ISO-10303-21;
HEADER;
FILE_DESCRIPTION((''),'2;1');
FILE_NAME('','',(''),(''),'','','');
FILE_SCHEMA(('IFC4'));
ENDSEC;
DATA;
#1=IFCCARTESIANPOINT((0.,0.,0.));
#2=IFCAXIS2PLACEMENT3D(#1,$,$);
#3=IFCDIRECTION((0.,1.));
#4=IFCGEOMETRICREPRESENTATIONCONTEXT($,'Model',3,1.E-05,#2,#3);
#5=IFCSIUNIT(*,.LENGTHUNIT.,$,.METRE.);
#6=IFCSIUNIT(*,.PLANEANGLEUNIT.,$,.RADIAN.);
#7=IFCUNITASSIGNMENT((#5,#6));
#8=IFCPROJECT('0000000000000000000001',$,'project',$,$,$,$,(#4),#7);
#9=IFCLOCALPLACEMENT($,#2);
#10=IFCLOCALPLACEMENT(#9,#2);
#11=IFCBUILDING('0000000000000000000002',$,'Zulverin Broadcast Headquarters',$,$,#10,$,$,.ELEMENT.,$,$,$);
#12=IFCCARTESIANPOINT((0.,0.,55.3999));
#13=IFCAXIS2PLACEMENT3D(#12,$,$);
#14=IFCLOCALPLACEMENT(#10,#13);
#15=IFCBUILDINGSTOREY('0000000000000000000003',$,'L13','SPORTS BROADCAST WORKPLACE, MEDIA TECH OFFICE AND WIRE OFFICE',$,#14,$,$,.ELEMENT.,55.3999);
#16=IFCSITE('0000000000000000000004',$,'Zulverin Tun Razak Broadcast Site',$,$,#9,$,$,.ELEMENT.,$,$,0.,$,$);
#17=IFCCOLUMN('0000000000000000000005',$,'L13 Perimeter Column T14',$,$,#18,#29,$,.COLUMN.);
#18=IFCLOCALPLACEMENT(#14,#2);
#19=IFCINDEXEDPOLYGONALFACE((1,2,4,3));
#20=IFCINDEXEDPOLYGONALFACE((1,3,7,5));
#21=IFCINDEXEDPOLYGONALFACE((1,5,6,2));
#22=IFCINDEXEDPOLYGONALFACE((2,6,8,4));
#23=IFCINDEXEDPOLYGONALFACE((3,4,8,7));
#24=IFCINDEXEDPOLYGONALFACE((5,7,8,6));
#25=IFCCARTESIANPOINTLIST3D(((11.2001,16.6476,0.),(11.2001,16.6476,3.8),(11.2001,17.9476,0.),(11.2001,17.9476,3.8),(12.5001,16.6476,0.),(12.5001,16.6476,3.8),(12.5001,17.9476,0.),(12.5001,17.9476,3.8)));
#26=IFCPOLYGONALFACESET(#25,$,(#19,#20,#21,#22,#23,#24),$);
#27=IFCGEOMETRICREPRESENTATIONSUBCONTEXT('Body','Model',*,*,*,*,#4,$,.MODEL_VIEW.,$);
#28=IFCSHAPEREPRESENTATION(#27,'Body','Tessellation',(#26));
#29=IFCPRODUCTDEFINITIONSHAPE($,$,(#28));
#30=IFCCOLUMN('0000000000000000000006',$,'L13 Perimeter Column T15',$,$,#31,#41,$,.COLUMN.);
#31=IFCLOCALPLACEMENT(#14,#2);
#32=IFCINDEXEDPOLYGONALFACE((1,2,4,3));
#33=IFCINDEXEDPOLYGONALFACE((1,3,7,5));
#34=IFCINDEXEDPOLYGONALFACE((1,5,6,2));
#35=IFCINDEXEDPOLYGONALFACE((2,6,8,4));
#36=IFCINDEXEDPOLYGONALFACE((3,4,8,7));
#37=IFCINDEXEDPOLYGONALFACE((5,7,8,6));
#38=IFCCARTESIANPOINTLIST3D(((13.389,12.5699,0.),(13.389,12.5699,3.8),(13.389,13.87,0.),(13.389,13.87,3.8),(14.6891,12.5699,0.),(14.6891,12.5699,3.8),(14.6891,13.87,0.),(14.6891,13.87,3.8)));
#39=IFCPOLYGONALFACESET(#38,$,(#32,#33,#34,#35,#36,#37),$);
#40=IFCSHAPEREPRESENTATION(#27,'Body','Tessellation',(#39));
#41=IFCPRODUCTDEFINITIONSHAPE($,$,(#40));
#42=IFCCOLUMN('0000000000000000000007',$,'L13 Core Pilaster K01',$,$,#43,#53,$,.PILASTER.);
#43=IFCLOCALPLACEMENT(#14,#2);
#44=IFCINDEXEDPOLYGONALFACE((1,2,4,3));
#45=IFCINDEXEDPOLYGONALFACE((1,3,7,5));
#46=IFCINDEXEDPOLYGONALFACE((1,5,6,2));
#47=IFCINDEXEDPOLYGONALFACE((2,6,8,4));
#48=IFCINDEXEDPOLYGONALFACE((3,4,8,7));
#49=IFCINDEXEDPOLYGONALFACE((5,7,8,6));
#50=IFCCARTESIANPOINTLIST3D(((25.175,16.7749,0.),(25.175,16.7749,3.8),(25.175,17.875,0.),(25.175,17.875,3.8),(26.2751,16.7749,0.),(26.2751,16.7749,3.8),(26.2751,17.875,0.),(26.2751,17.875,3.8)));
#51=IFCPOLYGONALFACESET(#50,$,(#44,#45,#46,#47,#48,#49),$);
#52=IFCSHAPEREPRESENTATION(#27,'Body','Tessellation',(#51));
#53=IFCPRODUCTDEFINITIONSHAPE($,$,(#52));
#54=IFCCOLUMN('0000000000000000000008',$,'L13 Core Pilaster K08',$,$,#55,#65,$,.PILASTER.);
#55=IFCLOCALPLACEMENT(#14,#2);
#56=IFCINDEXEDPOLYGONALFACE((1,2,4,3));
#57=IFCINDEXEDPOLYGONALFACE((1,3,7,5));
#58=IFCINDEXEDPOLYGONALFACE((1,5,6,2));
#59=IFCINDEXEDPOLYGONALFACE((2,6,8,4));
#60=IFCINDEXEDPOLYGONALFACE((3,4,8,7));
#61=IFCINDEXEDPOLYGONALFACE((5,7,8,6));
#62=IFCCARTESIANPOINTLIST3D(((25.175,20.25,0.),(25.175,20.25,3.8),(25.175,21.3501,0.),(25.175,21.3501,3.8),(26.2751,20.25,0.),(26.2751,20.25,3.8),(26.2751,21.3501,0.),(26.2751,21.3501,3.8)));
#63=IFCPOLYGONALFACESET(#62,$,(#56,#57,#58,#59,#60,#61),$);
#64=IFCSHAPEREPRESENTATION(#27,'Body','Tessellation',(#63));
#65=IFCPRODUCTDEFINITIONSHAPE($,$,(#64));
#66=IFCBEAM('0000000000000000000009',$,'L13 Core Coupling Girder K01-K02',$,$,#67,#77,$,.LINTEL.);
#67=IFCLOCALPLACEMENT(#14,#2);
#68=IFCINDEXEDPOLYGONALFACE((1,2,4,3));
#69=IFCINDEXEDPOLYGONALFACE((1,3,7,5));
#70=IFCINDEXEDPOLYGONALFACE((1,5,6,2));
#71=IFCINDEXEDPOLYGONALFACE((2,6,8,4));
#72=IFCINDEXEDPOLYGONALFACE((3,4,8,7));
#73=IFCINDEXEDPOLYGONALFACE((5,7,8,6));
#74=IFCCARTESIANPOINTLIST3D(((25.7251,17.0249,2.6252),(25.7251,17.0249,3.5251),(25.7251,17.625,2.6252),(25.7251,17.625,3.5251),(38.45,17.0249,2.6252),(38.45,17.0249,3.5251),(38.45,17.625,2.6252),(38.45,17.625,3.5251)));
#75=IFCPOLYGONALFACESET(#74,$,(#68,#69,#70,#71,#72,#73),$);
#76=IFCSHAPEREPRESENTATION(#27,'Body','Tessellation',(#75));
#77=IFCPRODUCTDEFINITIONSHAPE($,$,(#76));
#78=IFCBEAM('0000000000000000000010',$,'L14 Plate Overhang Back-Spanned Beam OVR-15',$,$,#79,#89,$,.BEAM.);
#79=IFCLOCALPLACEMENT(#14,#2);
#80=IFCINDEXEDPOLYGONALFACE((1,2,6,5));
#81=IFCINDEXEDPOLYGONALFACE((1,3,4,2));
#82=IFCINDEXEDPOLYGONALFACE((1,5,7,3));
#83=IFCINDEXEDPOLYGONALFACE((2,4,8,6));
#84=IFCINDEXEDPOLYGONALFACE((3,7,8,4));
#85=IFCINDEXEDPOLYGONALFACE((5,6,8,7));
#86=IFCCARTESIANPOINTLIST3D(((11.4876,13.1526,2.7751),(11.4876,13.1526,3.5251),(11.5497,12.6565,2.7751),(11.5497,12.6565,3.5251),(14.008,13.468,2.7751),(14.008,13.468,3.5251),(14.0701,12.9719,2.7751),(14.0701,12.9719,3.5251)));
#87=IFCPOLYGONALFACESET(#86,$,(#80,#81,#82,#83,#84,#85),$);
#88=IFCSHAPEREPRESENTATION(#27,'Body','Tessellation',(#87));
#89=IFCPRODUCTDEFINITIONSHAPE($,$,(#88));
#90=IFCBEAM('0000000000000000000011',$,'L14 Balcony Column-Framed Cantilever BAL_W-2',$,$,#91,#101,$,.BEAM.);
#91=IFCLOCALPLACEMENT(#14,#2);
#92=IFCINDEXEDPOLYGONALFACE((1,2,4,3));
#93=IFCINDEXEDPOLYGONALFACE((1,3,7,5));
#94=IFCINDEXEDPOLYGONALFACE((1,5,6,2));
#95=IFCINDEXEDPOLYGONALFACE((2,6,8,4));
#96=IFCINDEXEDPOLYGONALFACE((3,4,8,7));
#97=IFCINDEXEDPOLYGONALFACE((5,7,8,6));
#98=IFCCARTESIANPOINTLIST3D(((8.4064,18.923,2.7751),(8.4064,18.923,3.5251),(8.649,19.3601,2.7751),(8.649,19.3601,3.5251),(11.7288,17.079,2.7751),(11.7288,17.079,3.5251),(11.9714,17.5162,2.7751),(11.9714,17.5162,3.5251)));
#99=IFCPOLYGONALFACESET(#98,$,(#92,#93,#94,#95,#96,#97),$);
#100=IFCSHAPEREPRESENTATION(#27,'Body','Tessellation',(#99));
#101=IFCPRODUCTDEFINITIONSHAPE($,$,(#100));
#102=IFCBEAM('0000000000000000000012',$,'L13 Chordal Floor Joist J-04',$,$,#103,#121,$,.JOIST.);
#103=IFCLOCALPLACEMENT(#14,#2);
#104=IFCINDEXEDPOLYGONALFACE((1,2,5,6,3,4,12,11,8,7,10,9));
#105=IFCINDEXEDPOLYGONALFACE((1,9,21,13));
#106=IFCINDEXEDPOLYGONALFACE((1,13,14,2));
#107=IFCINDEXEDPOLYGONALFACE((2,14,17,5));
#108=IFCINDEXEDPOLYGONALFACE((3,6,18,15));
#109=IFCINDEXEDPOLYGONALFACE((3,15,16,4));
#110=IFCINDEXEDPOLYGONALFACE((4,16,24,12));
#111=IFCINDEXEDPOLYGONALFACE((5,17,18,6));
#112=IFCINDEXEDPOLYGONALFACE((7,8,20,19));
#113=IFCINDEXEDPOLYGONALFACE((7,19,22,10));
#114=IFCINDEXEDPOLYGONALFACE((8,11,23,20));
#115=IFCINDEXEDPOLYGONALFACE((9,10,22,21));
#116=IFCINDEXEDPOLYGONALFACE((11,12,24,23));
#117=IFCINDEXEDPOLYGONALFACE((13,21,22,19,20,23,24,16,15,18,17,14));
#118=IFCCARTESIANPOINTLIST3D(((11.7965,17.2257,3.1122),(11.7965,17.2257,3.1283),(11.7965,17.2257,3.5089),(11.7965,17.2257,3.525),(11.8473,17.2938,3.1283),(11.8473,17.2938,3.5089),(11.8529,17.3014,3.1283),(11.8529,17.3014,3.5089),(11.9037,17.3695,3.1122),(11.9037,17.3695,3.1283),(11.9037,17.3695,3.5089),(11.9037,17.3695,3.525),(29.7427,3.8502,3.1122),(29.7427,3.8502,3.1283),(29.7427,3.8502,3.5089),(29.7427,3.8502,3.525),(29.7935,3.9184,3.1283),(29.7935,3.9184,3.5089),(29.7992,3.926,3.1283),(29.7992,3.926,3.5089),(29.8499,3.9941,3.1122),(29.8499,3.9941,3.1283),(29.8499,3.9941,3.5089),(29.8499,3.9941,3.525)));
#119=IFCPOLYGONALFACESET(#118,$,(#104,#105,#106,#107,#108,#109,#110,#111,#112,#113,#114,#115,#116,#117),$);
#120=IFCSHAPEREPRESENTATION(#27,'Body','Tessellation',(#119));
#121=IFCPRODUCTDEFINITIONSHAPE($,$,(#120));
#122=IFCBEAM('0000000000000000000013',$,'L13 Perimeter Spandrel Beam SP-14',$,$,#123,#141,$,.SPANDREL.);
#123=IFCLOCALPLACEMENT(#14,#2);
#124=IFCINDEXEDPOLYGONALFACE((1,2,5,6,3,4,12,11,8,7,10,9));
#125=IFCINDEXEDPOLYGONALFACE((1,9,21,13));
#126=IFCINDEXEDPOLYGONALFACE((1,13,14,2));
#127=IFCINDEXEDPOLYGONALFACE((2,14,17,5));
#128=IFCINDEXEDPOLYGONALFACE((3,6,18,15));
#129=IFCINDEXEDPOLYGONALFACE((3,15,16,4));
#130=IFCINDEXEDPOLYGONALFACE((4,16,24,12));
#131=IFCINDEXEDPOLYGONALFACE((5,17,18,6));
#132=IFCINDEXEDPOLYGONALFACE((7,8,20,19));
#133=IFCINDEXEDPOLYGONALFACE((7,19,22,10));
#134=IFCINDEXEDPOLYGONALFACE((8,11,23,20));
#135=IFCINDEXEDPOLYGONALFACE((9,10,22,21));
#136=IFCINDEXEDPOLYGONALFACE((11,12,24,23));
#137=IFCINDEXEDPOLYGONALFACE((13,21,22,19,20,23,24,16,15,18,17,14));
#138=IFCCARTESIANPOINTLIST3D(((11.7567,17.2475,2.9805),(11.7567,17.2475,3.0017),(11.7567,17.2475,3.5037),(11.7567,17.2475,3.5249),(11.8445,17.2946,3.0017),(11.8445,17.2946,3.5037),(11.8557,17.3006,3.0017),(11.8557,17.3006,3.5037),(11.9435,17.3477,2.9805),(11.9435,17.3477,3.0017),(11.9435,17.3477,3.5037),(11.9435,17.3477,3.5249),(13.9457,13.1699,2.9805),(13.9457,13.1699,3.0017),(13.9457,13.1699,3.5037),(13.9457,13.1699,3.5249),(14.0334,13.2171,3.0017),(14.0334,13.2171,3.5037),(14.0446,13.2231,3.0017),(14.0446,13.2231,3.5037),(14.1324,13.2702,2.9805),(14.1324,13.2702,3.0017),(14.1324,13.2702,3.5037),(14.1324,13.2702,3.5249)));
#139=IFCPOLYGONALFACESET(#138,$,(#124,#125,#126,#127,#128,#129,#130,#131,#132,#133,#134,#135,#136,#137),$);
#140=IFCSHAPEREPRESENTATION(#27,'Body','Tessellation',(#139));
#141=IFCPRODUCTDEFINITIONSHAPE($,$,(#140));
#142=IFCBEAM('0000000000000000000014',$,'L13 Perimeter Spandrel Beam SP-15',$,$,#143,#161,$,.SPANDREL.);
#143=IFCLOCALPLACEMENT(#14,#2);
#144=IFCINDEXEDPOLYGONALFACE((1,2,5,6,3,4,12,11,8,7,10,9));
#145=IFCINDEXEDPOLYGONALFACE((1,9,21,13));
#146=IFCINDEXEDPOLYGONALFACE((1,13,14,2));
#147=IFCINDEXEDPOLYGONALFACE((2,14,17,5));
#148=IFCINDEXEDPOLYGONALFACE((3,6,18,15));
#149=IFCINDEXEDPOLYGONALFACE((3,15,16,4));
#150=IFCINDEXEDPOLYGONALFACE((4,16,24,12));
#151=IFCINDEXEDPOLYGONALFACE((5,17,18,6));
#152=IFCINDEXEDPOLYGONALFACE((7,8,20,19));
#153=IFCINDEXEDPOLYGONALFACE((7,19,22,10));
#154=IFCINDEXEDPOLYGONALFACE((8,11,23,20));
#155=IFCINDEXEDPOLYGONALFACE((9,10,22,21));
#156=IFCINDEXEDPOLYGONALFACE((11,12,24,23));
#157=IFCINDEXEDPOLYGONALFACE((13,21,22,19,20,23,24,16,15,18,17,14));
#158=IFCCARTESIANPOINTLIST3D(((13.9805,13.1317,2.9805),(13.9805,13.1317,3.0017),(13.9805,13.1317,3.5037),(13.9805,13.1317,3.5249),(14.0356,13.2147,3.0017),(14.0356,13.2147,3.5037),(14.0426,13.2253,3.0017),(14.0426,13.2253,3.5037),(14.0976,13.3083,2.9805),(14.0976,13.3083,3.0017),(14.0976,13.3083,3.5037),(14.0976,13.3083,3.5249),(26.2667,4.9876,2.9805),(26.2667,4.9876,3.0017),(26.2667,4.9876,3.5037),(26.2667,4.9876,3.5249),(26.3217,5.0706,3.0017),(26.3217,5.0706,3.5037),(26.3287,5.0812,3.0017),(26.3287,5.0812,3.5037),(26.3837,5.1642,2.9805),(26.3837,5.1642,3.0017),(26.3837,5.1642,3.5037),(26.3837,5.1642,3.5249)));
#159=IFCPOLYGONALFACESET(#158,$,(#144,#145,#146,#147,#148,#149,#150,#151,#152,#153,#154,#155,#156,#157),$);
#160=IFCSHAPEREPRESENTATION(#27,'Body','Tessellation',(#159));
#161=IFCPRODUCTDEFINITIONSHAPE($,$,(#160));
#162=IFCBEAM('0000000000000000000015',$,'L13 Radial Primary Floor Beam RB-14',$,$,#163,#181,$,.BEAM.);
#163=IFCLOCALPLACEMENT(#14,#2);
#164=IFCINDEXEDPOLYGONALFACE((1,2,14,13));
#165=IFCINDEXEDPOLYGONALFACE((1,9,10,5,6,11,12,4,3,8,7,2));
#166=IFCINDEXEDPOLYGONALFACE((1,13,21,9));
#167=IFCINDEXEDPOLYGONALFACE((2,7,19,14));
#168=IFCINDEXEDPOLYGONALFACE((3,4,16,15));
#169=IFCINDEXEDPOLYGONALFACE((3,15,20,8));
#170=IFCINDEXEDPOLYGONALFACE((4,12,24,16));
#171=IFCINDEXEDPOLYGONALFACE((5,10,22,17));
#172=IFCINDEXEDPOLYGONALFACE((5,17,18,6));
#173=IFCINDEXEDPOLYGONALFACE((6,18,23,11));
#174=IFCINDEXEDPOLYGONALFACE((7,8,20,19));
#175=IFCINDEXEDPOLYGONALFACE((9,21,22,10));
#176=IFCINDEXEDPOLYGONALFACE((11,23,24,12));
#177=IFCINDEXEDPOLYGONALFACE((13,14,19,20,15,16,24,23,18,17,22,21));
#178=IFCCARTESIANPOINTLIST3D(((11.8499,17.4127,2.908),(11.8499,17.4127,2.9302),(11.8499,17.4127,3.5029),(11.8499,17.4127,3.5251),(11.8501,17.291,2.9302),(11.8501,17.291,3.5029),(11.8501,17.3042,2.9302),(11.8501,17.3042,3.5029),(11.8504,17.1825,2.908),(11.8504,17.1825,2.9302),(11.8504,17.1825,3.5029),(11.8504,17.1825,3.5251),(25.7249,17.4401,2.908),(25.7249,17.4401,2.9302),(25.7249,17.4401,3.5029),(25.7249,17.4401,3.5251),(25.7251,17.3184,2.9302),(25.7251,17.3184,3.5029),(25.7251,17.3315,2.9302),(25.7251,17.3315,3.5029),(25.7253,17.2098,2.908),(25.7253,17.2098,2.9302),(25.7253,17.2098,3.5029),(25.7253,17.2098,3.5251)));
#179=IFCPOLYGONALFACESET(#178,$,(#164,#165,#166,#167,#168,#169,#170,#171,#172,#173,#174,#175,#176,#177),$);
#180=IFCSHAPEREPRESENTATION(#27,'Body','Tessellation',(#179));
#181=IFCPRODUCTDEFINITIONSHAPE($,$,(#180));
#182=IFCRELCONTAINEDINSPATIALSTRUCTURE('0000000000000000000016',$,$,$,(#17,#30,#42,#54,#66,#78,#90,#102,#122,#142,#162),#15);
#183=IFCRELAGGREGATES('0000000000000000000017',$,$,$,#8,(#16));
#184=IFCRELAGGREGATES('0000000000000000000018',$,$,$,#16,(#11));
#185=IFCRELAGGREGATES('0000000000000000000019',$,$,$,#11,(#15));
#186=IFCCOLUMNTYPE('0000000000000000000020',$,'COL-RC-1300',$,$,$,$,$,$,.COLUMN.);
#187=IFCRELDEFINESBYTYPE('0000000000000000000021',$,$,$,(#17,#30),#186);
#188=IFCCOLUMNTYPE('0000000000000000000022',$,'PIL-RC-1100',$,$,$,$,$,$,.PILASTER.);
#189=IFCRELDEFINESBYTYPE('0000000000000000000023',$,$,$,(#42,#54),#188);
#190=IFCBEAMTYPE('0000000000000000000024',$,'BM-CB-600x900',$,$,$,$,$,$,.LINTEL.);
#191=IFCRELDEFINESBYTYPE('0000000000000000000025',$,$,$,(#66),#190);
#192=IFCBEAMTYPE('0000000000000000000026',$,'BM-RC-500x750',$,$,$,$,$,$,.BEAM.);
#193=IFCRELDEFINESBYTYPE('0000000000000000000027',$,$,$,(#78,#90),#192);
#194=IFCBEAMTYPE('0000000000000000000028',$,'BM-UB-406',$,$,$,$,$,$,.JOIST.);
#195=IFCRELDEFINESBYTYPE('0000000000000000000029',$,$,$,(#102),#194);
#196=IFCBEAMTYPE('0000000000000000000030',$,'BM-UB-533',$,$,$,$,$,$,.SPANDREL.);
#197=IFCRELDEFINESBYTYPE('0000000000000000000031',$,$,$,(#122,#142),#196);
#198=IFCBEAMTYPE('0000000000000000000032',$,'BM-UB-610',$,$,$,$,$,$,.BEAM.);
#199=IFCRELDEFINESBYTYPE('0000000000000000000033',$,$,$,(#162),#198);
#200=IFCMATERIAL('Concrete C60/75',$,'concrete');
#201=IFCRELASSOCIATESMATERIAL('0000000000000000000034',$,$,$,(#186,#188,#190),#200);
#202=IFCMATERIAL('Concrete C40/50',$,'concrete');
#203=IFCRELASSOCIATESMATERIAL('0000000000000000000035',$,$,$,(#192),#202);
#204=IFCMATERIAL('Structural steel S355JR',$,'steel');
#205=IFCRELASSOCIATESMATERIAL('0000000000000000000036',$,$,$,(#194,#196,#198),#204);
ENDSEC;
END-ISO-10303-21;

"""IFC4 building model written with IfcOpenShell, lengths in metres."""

from ifc_helpers import new_model, si_unit, direction, frame, origin, origin_2d, place, context, subcontext, project, spatial, rectangle, i_section, extrude, material, material_profile, profile_set, type_object, element, save


model = new_model("IFC4")

# Units and contexts
model_context = context("Model", 3, precision=1e-05, world=origin(), true_north=direction((0.0, 1.0)))
body_context = subcontext(model_context, "Body", "Model", "MODEL_VIEW")
ifc_project = project(units=[si_unit("LENGTHUNIT", "METRE"), si_unit("PLANEANGLEUNIT", "RADIAN")], contexts=[model_context])

# Site, building, storey
site_placement = place(None, origin())
site = spatial("IfcSite", under=ifc_project, at=site_placement, Name="Zulverin Tun Razak Broadcast Site", CompositionType="ELEMENT", RefElevation=0.0)
building_placement = place(site_placement, origin())
building = spatial("IfcBuilding", under=site, at=building_placement, Name="Zulverin Broadcast Headquarters", CompositionType="ELEMENT")
storey_placement = place(building_placement, frame((0.0, 0.0, 55.3999)))
storey = spatial("IfcBuildingStorey", under=building, at=storey_placement, Name="L13", Description="SPORTS BROADCAST WORKPLACE, MEDIA TECH OFFICE AND WIRE OFFICE", CompositionType="ELEMENT", Elevation=55.3999)

# Columns
ifc_material_1 = material(Name="Concrete C60/75", Category="concrete")
ifc_material_profile_1 = material_profile(ifc_material_1, rectangle(XDim=1.3, YDim=1.3, at=origin_2d()), Name="Concrete C60/75", Category="concrete")
ifc_profile_set_1 = profile_set([ifc_material_profile_1], Name="Concrete C60/75")
column_type_1 = type_object("IfcColumnType", Name="COL-RC-1300", PredefinedType="COLUMN", material=ifc_profile_set_1)
for number, where, z_axis, x_axis, name in (
    (1, (11.8501, 17.2976, 0.0), (0.0, 0.0, 1.0), (1.0, 0.0, 0.0), "L13 Perimeter Column T14"),
    (2, (14.0391, 13.22, 0.0), (0.0, 0.0, 1.0), (1.0, 0.0, 0.0), "L13 Perimeter Column T15"),
):
    element("IfcColumn", number, at=place(storey_placement, frame(where, z_axis=z_axis, x_axis=x_axis)), inside=storey, type_object=column_type_1, Name=name, PredefinedType="COLUMN", context=body_context, shape_type="SweptSolid", body=[
        extrude(rectangle(XDim=1.3, YDim=1.3, at=origin_2d()), origin(), (0.0, 0.0, 1.0), 3.8),
    ])
ifc_material_profile_2 = material_profile(ifc_material_1, rectangle(XDim=1.1001, YDim=1.1001, at=origin_2d()), Name="Concrete C60/75", Category="concrete")
ifc_profile_set_2 = profile_set([ifc_material_profile_2], Name="Concrete C60/75")
column_type_2 = type_object("IfcColumnType", Name="PIL-RC-1100", PredefinedType="PILASTER", material=ifc_profile_set_2)
for number, where, z_axis, x_axis, name in (
    (3, (25.7251, 17.325, 0.0), (0.0, 0.0, 1.0), (1.0, 0.0, 0.0), "L13 Core Pilaster K01"),
    (4, (25.7251, 20.8, 0.0), (0.0, 0.0, 1.0), (1.0, 0.0, 0.0), "L13 Core Pilaster K08"),
):
    element("IfcColumn", number, at=place(storey_placement, frame(where, z_axis=z_axis, x_axis=x_axis)), inside=storey, type_object=column_type_2, Name=name, PredefinedType="PILASTER", context=body_context, shape_type="SweptSolid", body=[
        extrude(rectangle(XDim=1.1001, YDim=1.1001, at=origin_2d()), origin(), (0.0, 0.0, 1.0), 3.8),
    ])

# Beams
ifc_material_profile_3 = material_profile(ifc_material_1, rectangle(XDim=0.6001, YDim=0.8999, at=origin_2d()), Name="Concrete C60/75", Category="concrete")
ifc_profile_set_3 = profile_set([ifc_material_profile_3], Name="Concrete C60/75")
beam_type_1 = type_object("IfcBeamType", Name="BM-CB-600x900", PredefinedType="LINTEL", material=ifc_profile_set_3)
beam_1_placement = place(storey_placement, frame((25.7251, 17.325, 3.0752), z_axis=(1.0, 0.0, 0.0), x_axis=(0.0, 1.0, 0.0)))
element("IfcBeam", 5, at=beam_1_placement, inside=storey, type_object=beam_type_1, Name="L13 Core Coupling Girder K01-K02", PredefinedType="LINTEL", context=body_context, shape_type="SweptSolid", body=[
    extrude(rectangle(XDim=0.6001, YDim=0.8999, at=origin_2d()), origin(), (0.0, 0.0, 1.0), 12.7249),
])
ifc_material_2 = material(Name="Concrete C40/50", Category="concrete")
ifc_material_profile_4 = material_profile(ifc_material_2, rectangle(XDim=0.5, YDim=0.75, at=origin_2d()), Name="Concrete C40/50", Category="concrete")
ifc_profile_set_4 = profile_set([ifc_material_profile_4], Name="Concrete C40/50")
beam_type_2 = type_object("IfcBeamType", Name="BM-RC-500x750", PredefinedType="BEAM", material=ifc_profile_set_4)
beam_2_placement = place(storey_placement, frame((14.0391, 13.22, 3.1501), z_axis=(-0.992259, -0.124189, 0.0), x_axis=(0.124189, -0.992259, 0.0)))
element("IfcBeam", 6, at=beam_2_placement, inside=storey, type_object=beam_type_2, Name="L14 Plate Overhang Back-Spanned Beam OVR-15", PredefinedType="BEAM", context=body_context, shape_type="SweptSolid", body=[
    extrude(rectangle(XDim=0.5, YDim=0.75, at=origin_2d()), origin(), (0.0, 0.0, 1.0), 2.54),
])
beam_3_placement = place(storey_placement, frame((11.8501, 17.2976, 3.1501), z_axis=(-0.874363, 0.485272, 0.0), x_axis=(-0.485272, -0.874363, 0.0)))
element("IfcBeam", 7, at=beam_3_placement, inside=storey, type_object=beam_type_2, Name="L14 Balcony Column-Framed Cantilever BAL_W-2", PredefinedType="BEAM", context=body_context, shape_type="SweptSolid", body=[
    extrude(rectangle(XDim=0.5, YDim=0.75, at=origin_2d()), origin(), (0.0, 0.0, 1.0), 3.7998),
])
ifc_material_3 = material(Name="Structural steel S355JR", Category="steel")
ifc_material_profile_5 = material_profile(ifc_material_3, i_section(OverallWidth=0.1794, OverallDepth=0.4128, WebThickness=0.0095, FlangeThickness=0.0161, at=origin_2d()), Name="Structural steel S355JR", Category="steel")
ifc_profile_set_5 = profile_set([ifc_material_profile_5], Name="Structural steel S355JR")
beam_type_3 = type_object("IfcBeamType", Name="BM-UB-406", PredefinedType="JOIST", material=ifc_profile_set_5)
beam_4_placement = place(storey_placement, frame((11.8501, 17.2976, 3.3186), z_axis=(0.801803, -0.597589, 0.0), x_axis=(0.597589, 0.801803, 0.0)))
element("IfcBeam", 8, at=beam_4_placement, inside=storey, type_object=beam_type_3, Name="L13 Chordal Floor Joist J-04", PredefinedType="JOIST", context=body_context, shape_type="SweptSolid", body=[
    extrude(i_section(OverallWidth=0.1794, OverallDepth=0.4128, WebThickness=0.0095, FlangeThickness=0.0161, at=origin_2d()), origin(), (0.0, 0.0, 1.0), 22.3823),
])
ifc_material_profile_6 = material_profile(ifc_material_3, i_section(OverallWidth=0.2119, OverallDepth=0.5444, WebThickness=0.0127, FlangeThickness=0.0212, at=origin_2d()), Name="Structural steel S355JR", Category="steel")
ifc_profile_set_6 = profile_set([ifc_material_profile_6], Name="Structural steel S355JR")
beam_type_4 = type_object("IfcBeamType", Name="BM-UB-533", PredefinedType="SPANDREL", material=ifc_profile_set_6)
beam_5_placement = place(storey_placement, frame((11.8501, 17.2976, 3.2527), z_axis=(0.47298, -0.881073, 0.0), x_axis=(0.881073, 0.47298, 0.0)))
element("IfcBeam", 9, at=beam_5_placement, inside=storey, type_object=beam_type_4, Name="L13 Perimeter Spandrel Beam SP-14", PredefinedType="SPANDREL", context=body_context, shape_type="SweptSolid", body=[
    extrude(i_section(OverallWidth=0.2119, OverallDepth=0.5444, WebThickness=0.0127, FlangeThickness=0.0212, at=origin_2d()), origin(), (0.0, 0.0, 1.0), 4.6279),
])
beam_6_placement = place(storey_placement, frame((14.0391, 13.22, 3.2527), z_axis=(0.83351, -0.552504, 0.0), x_axis=(0.552504, 0.83351, 0.0)))
element("IfcBeam", 10, at=beam_6_placement, inside=storey, type_object=beam_type_4, Name="L13 Perimeter Spandrel Beam SP-15", PredefinedType="SPANDREL", context=body_context, shape_type="SweptSolid", body=[
    extrude(i_section(OverallWidth=0.2119, OverallDepth=0.5444, WebThickness=0.0127, FlangeThickness=0.0212, at=origin_2d()), origin(), (0.0, 0.0, 1.0), 14.7402),
])
ifc_material_profile_7 = material_profile(ifc_material_3, i_section(OverallWidth=0.2302, OverallDepth=0.6172, WebThickness=0.0132, FlangeThickness=0.0222, at=origin_2d()), Name="Structural steel S355JR", Category="steel")
ifc_profile_set_7 = profile_set([ifc_material_profile_7], Name="Structural steel S355JR")
beam_type_5 = type_object("IfcBeamType", Name="BM-UB-610", PredefinedType="BEAM", material=ifc_profile_set_7)
beam_7_placement = place(storey_placement, frame((25.7251, 17.325, 3.2166), z_axis=(-0.999998, -0.001971, 0.0), x_axis=(0.001971, -0.999998, 0.0)))
element("IfcBeam", 11, at=beam_7_placement, inside=storey, type_object=beam_type_5, Name="L13 Radial Primary Floor Beam RB-14", PredefinedType="BEAM", context=body_context, shape_type="SweptSolid", body=[
    extrude(i_section(OverallWidth=0.2302, OverallDepth=0.6172, WebThickness=0.0132, FlangeThickness=0.0222, at=origin_2d()), origin(), (0.0, 0.0, 1.0), 13.875),
])

save(model, "model.ifc")
